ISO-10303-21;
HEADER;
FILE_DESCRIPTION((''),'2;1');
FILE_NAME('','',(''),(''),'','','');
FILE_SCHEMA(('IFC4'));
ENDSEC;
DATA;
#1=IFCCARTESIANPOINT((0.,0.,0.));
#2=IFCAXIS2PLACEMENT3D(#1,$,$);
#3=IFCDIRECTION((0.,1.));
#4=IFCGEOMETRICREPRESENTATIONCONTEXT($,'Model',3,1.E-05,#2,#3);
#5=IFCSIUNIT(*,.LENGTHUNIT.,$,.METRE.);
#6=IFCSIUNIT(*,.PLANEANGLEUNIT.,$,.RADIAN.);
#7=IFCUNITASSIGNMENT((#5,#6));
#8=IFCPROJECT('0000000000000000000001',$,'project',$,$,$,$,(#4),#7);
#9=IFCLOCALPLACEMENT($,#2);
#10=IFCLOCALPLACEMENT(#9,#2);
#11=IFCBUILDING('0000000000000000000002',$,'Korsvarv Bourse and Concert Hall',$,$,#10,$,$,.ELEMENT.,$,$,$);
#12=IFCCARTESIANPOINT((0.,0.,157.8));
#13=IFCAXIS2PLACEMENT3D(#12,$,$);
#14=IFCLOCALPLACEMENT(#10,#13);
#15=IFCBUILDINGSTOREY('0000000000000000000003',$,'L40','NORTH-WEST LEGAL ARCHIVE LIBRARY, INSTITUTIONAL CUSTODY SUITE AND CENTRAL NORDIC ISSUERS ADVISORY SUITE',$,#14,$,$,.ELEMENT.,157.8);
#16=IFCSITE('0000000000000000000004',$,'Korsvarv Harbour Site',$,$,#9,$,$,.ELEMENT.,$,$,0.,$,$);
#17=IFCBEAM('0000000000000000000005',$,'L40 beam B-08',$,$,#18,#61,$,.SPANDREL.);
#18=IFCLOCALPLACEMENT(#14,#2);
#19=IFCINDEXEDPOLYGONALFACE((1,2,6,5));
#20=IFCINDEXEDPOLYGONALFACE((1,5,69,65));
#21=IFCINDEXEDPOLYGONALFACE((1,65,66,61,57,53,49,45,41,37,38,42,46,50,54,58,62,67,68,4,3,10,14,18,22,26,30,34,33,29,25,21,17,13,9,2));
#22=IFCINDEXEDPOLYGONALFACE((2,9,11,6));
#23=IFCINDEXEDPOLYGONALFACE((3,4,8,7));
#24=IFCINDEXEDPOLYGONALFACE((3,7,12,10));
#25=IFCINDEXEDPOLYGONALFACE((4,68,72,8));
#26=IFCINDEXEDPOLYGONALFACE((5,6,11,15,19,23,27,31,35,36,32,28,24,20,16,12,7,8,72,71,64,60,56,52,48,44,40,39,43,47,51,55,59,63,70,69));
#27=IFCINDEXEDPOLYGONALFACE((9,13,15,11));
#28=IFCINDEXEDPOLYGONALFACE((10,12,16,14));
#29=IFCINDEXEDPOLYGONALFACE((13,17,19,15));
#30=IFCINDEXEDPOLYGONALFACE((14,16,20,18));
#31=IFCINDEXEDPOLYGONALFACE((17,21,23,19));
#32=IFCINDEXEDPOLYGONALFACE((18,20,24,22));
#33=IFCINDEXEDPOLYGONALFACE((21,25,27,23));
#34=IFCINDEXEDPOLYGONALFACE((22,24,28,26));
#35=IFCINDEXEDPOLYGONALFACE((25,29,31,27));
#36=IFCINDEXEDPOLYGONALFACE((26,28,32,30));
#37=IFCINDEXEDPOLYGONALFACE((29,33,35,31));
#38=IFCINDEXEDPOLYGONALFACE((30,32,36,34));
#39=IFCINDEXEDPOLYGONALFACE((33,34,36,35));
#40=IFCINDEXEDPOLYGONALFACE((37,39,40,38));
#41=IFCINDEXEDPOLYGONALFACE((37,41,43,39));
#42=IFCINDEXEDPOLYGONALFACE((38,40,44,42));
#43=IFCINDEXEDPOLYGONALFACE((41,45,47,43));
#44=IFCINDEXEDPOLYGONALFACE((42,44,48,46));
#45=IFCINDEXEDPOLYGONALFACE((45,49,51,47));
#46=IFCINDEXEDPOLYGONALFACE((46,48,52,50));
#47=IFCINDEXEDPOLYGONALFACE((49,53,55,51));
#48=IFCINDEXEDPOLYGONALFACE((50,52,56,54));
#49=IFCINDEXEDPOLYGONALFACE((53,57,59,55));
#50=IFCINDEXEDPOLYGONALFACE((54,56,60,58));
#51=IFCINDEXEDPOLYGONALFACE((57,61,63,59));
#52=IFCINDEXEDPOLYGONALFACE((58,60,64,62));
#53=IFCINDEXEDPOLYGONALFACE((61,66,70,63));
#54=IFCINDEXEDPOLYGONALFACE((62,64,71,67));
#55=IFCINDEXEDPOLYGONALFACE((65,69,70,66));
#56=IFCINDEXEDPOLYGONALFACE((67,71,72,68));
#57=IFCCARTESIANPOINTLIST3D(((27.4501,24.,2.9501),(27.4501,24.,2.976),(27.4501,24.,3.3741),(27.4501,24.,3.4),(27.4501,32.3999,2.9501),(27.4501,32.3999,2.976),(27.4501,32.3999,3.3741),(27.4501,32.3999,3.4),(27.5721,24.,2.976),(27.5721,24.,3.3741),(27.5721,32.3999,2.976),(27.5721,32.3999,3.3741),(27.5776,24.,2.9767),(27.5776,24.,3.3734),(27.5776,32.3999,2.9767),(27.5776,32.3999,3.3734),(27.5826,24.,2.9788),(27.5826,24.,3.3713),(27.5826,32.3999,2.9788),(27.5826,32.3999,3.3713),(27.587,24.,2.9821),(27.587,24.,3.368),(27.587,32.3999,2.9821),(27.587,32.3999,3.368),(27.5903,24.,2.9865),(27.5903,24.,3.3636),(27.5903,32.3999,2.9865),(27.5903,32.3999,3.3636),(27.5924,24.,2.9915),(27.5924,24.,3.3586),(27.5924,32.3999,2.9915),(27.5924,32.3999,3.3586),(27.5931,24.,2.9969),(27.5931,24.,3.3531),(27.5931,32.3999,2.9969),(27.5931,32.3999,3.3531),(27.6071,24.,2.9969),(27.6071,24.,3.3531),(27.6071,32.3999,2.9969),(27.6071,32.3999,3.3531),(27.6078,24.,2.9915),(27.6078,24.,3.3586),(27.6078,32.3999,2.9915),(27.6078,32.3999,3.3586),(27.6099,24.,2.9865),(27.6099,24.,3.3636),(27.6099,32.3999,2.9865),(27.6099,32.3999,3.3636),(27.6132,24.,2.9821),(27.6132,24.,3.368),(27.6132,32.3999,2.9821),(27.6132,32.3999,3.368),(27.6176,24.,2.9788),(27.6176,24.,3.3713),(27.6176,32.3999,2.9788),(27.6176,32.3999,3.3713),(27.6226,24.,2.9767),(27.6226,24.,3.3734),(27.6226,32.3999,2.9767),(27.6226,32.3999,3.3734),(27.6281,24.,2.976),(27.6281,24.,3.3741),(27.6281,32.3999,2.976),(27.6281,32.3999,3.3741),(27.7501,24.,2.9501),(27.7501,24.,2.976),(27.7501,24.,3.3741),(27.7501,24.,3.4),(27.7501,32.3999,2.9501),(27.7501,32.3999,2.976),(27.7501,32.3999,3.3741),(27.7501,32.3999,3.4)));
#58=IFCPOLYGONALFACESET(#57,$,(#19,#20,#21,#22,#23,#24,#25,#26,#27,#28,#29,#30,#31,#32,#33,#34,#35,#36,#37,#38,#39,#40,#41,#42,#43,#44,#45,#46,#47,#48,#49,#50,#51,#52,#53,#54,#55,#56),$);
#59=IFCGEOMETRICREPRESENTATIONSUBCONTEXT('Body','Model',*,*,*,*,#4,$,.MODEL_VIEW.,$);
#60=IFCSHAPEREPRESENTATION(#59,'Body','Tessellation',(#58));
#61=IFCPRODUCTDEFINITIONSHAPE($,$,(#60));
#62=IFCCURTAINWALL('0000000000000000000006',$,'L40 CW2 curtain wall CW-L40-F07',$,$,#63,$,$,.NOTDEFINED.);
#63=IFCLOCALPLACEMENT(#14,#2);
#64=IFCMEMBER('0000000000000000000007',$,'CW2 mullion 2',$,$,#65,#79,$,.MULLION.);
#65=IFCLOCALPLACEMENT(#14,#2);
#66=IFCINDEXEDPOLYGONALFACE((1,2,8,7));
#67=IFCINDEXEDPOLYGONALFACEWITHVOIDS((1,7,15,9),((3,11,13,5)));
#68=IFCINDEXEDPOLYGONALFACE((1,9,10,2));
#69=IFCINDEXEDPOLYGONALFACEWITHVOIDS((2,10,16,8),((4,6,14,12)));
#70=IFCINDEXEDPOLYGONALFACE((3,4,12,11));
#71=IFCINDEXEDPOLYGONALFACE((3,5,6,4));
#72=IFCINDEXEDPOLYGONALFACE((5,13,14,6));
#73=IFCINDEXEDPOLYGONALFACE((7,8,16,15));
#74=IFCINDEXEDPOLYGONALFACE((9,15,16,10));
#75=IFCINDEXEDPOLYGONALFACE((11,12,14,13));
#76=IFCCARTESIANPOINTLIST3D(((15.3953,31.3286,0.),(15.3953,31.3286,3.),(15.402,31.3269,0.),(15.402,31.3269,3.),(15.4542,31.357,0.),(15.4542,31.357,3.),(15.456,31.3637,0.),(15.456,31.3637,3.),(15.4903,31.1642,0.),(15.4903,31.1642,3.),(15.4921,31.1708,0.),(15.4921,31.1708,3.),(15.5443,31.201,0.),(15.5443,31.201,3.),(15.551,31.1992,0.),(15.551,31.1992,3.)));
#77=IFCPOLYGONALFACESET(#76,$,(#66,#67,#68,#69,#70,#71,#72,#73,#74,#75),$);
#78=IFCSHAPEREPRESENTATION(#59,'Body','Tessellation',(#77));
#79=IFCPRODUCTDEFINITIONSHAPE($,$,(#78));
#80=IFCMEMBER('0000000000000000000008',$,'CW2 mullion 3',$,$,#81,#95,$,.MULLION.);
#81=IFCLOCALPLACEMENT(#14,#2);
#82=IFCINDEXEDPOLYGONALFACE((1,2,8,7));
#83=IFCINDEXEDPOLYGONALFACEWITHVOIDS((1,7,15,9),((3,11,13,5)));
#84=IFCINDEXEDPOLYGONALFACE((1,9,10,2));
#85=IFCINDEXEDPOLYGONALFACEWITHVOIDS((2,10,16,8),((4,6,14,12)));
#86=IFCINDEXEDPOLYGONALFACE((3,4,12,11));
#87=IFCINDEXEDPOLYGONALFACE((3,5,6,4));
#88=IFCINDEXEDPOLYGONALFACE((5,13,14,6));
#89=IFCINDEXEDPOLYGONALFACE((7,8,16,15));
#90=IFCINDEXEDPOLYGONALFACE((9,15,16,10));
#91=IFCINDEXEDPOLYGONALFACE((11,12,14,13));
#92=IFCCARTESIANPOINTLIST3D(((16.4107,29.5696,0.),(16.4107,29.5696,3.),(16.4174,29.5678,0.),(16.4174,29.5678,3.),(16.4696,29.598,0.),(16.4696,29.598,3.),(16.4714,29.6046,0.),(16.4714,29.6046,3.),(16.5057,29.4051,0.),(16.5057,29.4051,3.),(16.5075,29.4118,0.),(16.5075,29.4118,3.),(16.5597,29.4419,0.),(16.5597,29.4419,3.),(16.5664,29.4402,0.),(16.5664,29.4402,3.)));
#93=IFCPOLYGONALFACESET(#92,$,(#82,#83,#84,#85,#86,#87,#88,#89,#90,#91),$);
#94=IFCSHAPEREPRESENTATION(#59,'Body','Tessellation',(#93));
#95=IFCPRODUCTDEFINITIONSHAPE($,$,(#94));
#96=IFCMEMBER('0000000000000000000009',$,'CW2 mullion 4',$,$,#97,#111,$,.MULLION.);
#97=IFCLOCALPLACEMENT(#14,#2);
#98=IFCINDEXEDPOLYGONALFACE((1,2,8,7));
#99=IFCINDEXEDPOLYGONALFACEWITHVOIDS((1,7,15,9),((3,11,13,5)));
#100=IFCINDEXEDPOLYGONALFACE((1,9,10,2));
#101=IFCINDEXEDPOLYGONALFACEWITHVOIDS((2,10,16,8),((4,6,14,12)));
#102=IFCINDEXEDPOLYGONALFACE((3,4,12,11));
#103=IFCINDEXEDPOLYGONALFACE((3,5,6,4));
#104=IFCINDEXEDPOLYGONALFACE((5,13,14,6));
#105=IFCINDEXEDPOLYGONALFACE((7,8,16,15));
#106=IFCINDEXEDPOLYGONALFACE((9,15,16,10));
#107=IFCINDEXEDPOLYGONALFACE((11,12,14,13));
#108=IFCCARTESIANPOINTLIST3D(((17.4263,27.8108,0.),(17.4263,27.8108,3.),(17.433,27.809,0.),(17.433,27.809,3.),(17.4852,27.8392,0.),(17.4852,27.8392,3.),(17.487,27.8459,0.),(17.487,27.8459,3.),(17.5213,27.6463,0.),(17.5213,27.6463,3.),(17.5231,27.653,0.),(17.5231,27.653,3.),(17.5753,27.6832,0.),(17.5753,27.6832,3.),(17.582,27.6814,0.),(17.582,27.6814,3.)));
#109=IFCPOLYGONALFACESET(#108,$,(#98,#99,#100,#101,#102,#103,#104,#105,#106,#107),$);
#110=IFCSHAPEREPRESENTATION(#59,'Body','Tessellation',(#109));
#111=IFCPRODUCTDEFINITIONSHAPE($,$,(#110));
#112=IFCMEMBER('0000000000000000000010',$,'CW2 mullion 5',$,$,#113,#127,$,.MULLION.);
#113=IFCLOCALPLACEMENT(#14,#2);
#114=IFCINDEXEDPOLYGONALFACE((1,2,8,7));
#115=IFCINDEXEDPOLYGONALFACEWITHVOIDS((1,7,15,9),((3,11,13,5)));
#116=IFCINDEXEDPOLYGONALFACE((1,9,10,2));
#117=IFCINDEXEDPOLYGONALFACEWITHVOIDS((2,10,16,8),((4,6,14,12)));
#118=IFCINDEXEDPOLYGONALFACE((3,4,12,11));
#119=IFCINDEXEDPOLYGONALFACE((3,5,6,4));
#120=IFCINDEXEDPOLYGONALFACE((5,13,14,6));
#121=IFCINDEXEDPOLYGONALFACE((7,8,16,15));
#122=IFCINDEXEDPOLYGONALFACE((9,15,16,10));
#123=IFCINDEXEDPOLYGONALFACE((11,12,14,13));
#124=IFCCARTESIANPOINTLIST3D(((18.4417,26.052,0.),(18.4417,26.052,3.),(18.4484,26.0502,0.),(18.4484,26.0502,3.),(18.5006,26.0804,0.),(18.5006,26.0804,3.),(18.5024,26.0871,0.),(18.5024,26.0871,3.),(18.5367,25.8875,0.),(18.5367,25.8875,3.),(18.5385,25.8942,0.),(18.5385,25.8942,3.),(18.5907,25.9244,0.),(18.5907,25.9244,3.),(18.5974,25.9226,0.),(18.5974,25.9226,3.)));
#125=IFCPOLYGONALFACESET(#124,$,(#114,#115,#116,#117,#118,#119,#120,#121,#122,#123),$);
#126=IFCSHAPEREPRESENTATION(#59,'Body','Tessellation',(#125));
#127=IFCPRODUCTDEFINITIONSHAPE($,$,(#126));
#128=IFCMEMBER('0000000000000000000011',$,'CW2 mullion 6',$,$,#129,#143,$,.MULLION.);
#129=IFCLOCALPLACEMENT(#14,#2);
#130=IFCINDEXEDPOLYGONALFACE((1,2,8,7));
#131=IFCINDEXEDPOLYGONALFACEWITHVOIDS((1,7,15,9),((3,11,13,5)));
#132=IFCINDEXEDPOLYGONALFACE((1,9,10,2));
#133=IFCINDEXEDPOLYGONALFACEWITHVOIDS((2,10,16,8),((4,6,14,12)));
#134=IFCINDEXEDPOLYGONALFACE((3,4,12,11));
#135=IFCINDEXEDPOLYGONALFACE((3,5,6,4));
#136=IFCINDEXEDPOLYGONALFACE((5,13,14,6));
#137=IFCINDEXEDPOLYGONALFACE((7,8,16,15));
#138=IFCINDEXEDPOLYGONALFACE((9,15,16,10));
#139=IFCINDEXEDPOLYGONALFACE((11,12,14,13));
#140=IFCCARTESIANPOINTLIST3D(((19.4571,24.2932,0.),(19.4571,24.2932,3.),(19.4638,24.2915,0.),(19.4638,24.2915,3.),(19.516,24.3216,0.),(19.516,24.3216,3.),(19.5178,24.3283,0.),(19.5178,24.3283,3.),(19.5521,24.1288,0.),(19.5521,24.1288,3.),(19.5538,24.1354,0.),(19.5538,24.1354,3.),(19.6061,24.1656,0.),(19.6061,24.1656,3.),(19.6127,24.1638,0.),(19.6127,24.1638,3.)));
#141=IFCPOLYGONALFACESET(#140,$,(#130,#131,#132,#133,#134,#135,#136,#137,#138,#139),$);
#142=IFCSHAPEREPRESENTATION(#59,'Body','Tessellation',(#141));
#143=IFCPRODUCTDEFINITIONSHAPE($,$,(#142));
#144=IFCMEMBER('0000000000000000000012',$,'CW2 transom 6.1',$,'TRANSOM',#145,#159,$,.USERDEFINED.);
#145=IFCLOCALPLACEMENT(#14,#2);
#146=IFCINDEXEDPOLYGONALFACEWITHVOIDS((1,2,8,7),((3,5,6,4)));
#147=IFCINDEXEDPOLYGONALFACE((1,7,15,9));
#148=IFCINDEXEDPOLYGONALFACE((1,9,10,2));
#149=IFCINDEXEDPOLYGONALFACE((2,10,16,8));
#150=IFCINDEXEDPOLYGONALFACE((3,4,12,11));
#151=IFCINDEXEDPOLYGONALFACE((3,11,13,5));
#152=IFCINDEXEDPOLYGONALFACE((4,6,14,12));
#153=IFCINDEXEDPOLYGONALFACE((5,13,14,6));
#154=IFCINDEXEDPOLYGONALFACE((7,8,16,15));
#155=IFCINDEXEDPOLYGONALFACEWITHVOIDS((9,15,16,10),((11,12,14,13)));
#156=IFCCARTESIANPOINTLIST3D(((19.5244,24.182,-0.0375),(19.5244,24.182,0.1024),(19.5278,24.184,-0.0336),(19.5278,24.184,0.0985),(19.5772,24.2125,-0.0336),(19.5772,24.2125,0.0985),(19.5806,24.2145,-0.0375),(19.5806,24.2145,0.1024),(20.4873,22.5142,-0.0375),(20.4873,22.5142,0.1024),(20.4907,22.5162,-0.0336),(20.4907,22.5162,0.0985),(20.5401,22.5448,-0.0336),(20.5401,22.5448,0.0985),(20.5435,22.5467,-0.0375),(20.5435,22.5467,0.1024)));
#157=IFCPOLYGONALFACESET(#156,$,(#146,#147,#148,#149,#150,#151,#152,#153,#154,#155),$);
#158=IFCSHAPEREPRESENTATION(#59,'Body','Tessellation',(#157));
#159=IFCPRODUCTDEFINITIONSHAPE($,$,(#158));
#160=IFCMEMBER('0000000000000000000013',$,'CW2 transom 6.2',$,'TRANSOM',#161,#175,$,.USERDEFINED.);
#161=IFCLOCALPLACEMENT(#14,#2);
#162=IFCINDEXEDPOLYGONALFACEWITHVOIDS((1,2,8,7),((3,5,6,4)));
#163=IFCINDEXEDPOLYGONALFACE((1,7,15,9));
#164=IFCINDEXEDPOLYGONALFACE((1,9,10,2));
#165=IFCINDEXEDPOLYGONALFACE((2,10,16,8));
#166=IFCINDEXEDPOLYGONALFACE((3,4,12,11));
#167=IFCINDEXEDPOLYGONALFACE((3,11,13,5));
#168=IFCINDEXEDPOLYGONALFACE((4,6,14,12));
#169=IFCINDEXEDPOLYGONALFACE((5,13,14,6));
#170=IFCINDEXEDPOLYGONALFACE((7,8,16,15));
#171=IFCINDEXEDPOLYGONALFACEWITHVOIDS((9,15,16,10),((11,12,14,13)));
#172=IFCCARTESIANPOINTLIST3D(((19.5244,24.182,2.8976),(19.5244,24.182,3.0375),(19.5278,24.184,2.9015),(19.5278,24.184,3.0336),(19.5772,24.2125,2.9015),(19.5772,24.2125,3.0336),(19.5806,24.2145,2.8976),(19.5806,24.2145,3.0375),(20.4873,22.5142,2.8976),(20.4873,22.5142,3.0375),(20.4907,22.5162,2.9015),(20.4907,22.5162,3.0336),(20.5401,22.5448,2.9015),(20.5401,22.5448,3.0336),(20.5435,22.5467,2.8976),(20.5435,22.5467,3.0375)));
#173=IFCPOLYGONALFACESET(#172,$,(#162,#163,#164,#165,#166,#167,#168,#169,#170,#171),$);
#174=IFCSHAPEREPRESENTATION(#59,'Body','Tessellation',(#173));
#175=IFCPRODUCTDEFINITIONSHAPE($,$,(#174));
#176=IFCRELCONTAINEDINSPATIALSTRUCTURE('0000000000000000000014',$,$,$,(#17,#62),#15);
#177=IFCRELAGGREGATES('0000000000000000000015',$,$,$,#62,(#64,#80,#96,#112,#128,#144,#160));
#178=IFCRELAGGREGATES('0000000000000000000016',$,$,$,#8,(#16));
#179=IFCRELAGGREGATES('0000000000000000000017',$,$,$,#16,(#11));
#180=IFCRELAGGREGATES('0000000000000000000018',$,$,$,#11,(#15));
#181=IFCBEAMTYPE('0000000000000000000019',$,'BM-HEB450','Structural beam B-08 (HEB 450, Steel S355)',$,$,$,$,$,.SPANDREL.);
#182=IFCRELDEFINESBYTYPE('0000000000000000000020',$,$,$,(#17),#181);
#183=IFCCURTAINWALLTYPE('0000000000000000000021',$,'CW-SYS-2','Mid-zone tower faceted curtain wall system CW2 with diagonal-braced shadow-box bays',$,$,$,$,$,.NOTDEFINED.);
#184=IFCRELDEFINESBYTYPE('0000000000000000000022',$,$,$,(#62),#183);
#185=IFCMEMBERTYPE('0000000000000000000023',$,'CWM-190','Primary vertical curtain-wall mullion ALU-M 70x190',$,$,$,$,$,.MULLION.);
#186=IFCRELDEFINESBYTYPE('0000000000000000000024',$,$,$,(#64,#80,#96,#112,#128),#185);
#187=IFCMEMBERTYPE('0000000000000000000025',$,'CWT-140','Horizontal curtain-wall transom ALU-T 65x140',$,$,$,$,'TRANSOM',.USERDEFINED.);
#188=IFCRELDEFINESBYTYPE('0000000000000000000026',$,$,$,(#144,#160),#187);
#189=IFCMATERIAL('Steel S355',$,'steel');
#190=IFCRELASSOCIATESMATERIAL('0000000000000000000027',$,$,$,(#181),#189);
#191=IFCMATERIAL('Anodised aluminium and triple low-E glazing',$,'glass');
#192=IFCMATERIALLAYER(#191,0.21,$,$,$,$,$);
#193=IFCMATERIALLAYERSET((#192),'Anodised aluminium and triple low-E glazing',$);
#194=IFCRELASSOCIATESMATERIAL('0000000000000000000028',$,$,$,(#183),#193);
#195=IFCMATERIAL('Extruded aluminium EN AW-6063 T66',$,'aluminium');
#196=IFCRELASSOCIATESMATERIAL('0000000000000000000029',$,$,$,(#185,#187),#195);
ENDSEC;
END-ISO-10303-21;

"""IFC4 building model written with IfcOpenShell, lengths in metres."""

from ifc_helpers import new_model, si_unit, direction, frame, origin, origin_2d, place, context, subcontext, project, spatial, hollow_rectangle, i_section, extrude, source, transform, mapped, material, layer, layer_set, material_profile, profile_set, type_object, element, aggregate, save


model = new_model("IFC4")

# Units and contexts
model_context = context("Model", 3, precision=1e-05, world=origin(), true_north=direction((0.0, 1.0)))
body_context = subcontext(model_context, "Body", "Model", "MODEL_VIEW")
ifc_project = project(units=[si_unit("LENGTHUNIT", "METRE"), si_unit("PLANEANGLEUNIT", "RADIAN")], contexts=[model_context])

# Site, building, storey
site_placement = place(None, origin())
site = spatial("IfcSite", under=ifc_project, at=site_placement, Name="Korsvarv Harbour Site", CompositionType="ELEMENT", RefElevation=0.0)
building_placement = place(site_placement, origin())
building = spatial("IfcBuilding", under=site, at=building_placement, Name="Korsvarv Bourse and Concert Hall", CompositionType="ELEMENT")
storey_placement = place(building_placement, frame((0.0, 0.0, 157.8)))
storey = spatial("IfcBuildingStorey", under=building, at=storey_placement, Name="L40", Description="NORTH-WEST LEGAL ARCHIVE LIBRARY, INSTITUTIONAL CUSTODY SUITE AND CENTRAL NORDIC ISSUERS ADVISORY SUITE", CompositionType="ELEMENT", Elevation=157.8)

# Beam
ifc_material_1 = material(Name="Steel S355", Category="steel")
ifc_material_profile_1 = material_profile(ifc_material_1, i_section(OverallWidth=0.3, OverallDepth=0.45, WebThickness=0.0139, FlangeThickness=0.0259, FilletRadius=0.021, at=origin_2d()), Name="HEB 450")
ifc_profile_set_1 = profile_set([ifc_material_profile_1], Name="Steel S355")
beam_type_1 = type_object("IfcBeamType", Name="BM-HEB450", Description="Structural beam B-08 (HEB 450, Steel S355)", PredefinedType="SPANDREL", material=ifc_profile_set_1)
shared_shape_1 = source(origin(), body_context, "Body", "SweptSolid", [
    extrude(i_section(OverallWidth=0.3, OverallDepth=0.45, WebThickness=0.0139, FlangeThickness=0.0259, FilletRadius=0.021, at=origin_2d()), origin(), (0.0, 0.0, 1.0), 8.3999),
])
for number, where, z_axis, x_axis, name in (
    (1, (27.6001, 24.0, 3.175), (0.0, 1.0, 0.0), (-1.0, 0.0, 0.0), "L40 beam B-08"),
):
    element("IfcBeam", number, at=place(storey_placement, frame(where, z_axis=z_axis, x_axis=x_axis)), inside=storey, type_object=beam_type_1, Name=name, PredefinedType="SPANDREL", context=body_context, shape_type="MappedRepresentation", body=[
        mapped(shared_shape_1, transform((0.0, 0.0, 0.0), scale=1.0)),
    ])

# Curtain wall, members
ifc_material_2 = material(Name="Anodised aluminium and triple low-E glazing", Category="glass")
ifc_layer_1 = layer(ifc_material_2, 0.21)
ifc_layer_set_1 = layer_set([ifc_layer_1], Name="Anodised aluminium and triple low-E glazing")
curtain_wall_type = type_object("IfcCurtainWallType", Name="CW-SYS-2", Description="Mid-zone tower faceted curtain wall system CW2 with diagonal-braced shadow-box bays", PredefinedType="NOTDEFINED", material=ifc_layer_set_1)
curtain_wall_placement = place(storey_placement, origin())
curtain_wall = element("IfcCurtainWall", 2, at=curtain_wall_placement, inside=storey, type_object=curtain_wall_type, Name="L40 CW2 curtain wall CW-L40-F07", PredefinedType="NOTDEFINED")
ifc_material_3 = material(Name="Extruded aluminium EN AW-6063 T66", Category="aluminium")
ifc_material_profile_2 = material_profile(ifc_material_3, hollow_rectangle(XDim=0.0701, YDim=0.1899, WallThickness=0.0049, at=origin_2d()), Name="ALU-M 70x190")
ifc_profile_set_2 = profile_set([ifc_material_profile_2], Name="Extruded aluminium EN AW-6063 T66")
member_type_1 = type_object("IfcMemberType", Name="CWM-190", Description="Primary vertical curtain-wall mullion ALU-M 70x190", PredefinedType="MULLION", material=ifc_profile_set_2)
shared_shape_2 = source(origin(), body_context, "Body", "SweptSolid", [
    extrude(hollow_rectangle(XDim=0.0701, YDim=0.1899, WallThickness=0.0049, at=origin_2d()), origin(), (0.0, 0.0, 1.0), 3.0),
])
member_1_placement = place(storey_placement, frame((15.4731, 31.2639, 0.0), z_axis=(0.0, 0.0, 1.0), x_axis=(0.866024, 0.500002, 0.0)))
member_1 = element("IfcMember", 3, at=member_1_placement, type_object=member_type_1, Name="CW2 mullion 2", PredefinedType="MULLION", context=body_context, shape_type="MappedRepresentation", body=[
    mapped(shared_shape_2, transform((0.0, 0.0, 0.0), scale=1.0)),
])
member_2_placement = place(storey_placement, frame((16.4885, 29.5049, 0.0), z_axis=(0.0, 0.0, 1.0), x_axis=(0.866024, 0.500002, 0.0)))
member_2 = element("IfcMember", 4, at=member_2_placement, type_object=member_type_1, Name="CW2 mullion 3", PredefinedType="MULLION", context=body_context, shape_type="MappedRepresentation", body=[
    mapped(shared_shape_2, transform((0.0, 0.0, 0.0), scale=1.0)),
])
member_3_placement = place(storey_placement, frame((17.5042, 27.7461, 0.0), z_axis=(0.0, 0.0, 1.0), x_axis=(0.866024, 0.500002, 0.0)))
member_3 = element("IfcMember", 5, at=member_3_placement, type_object=member_type_1, Name="CW2 mullion 4", PredefinedType="MULLION", context=body_context, shape_type="MappedRepresentation", body=[
    mapped(shared_shape_2, transform((0.0, 0.0, 0.0), scale=1.0)),
])
member_4_placement = place(storey_placement, frame((18.5195, 25.9873, 0.0), z_axis=(0.0, 0.0, 1.0), x_axis=(0.866024, 0.500002, 0.0)))
member_4 = element("IfcMember", 6, at=member_4_placement, type_object=member_type_1, Name="CW2 mullion 5", PredefinedType="MULLION", context=body_context, shape_type="MappedRepresentation", body=[
    mapped(shared_shape_2, transform((0.0, 0.0, 0.0), scale=1.0)),
])
member_5_placement = place(storey_placement, frame((19.5349, 24.2285, 0.0), z_axis=(0.0, 0.0, 1.0), x_axis=(0.866024, 0.500002, 0.0)))
member_5 = element("IfcMember", 7, at=member_5_placement, type_object=member_type_1, Name="CW2 mullion 6", PredefinedType="MULLION", context=body_context, shape_type="MappedRepresentation", body=[
    mapped(shared_shape_2, transform((0.0, 0.0, 0.0), scale=1.0)),
])
ifc_material_profile_3 = material_profile(ifc_material_3, hollow_rectangle(XDim=0.0649, YDim=0.1399, WallThickness=0.0039, at=origin_2d()), Name="ALU-T 65x140")
ifc_profile_set_3 = profile_set([ifc_material_profile_3], Name="Extruded aluminium EN AW-6063 T66")
member_type_2 = type_object("IfcMemberType", Name="CWT-140", Description="Horizontal curtain-wall transom ALU-T 65x140", ElementType="TRANSOM", PredefinedType="USERDEFINED", material=ifc_profile_set_3)
shared_shape_3 = source(origin(), body_context, "Body", "SweptSolid", [
    extrude(hollow_rectangle(XDim=0.0649, YDim=0.1399, WallThickness=0.0039, at=origin_2d()), origin(), (0.0, 0.0, 1.0), 1.9258),
])
member_6_placement = place(storey_placement, frame((19.5525, 24.1982, 0.0325), z_axis=(0.500011, -0.866019, 0.0), x_axis=(0.866019, 0.500011, 0.0)))
member_6 = element("IfcMember", 8, at=member_6_placement, type_object=member_type_2, Name="CW2 transom 6.1", ObjectType="TRANSOM", PredefinedType="USERDEFINED", context=body_context, shape_type="MappedRepresentation", body=[
    mapped(shared_shape_3, transform((0.0, 0.0, 0.0), scale=1.0)),
])
member_7_placement = place(storey_placement, frame((19.5525, 24.1982, 2.9675), z_axis=(0.500011, -0.866019, 0.0), x_axis=(0.866019, 0.500011, 0.0)))
member_7 = element("IfcMember", 9, at=member_7_placement, type_object=member_type_2, Name="CW2 transom 6.2", ObjectType="TRANSOM", PredefinedType="USERDEFINED", context=body_context, shape_type="MappedRepresentation", body=[
    mapped(shared_shape_3, transform((0.0, 0.0, 0.0), scale=1.0)),
])
aggregate(curtain_wall, [member_1, member_2, member_3, member_4, member_5, member_6, member_7])

save(model, "model.ifc")
